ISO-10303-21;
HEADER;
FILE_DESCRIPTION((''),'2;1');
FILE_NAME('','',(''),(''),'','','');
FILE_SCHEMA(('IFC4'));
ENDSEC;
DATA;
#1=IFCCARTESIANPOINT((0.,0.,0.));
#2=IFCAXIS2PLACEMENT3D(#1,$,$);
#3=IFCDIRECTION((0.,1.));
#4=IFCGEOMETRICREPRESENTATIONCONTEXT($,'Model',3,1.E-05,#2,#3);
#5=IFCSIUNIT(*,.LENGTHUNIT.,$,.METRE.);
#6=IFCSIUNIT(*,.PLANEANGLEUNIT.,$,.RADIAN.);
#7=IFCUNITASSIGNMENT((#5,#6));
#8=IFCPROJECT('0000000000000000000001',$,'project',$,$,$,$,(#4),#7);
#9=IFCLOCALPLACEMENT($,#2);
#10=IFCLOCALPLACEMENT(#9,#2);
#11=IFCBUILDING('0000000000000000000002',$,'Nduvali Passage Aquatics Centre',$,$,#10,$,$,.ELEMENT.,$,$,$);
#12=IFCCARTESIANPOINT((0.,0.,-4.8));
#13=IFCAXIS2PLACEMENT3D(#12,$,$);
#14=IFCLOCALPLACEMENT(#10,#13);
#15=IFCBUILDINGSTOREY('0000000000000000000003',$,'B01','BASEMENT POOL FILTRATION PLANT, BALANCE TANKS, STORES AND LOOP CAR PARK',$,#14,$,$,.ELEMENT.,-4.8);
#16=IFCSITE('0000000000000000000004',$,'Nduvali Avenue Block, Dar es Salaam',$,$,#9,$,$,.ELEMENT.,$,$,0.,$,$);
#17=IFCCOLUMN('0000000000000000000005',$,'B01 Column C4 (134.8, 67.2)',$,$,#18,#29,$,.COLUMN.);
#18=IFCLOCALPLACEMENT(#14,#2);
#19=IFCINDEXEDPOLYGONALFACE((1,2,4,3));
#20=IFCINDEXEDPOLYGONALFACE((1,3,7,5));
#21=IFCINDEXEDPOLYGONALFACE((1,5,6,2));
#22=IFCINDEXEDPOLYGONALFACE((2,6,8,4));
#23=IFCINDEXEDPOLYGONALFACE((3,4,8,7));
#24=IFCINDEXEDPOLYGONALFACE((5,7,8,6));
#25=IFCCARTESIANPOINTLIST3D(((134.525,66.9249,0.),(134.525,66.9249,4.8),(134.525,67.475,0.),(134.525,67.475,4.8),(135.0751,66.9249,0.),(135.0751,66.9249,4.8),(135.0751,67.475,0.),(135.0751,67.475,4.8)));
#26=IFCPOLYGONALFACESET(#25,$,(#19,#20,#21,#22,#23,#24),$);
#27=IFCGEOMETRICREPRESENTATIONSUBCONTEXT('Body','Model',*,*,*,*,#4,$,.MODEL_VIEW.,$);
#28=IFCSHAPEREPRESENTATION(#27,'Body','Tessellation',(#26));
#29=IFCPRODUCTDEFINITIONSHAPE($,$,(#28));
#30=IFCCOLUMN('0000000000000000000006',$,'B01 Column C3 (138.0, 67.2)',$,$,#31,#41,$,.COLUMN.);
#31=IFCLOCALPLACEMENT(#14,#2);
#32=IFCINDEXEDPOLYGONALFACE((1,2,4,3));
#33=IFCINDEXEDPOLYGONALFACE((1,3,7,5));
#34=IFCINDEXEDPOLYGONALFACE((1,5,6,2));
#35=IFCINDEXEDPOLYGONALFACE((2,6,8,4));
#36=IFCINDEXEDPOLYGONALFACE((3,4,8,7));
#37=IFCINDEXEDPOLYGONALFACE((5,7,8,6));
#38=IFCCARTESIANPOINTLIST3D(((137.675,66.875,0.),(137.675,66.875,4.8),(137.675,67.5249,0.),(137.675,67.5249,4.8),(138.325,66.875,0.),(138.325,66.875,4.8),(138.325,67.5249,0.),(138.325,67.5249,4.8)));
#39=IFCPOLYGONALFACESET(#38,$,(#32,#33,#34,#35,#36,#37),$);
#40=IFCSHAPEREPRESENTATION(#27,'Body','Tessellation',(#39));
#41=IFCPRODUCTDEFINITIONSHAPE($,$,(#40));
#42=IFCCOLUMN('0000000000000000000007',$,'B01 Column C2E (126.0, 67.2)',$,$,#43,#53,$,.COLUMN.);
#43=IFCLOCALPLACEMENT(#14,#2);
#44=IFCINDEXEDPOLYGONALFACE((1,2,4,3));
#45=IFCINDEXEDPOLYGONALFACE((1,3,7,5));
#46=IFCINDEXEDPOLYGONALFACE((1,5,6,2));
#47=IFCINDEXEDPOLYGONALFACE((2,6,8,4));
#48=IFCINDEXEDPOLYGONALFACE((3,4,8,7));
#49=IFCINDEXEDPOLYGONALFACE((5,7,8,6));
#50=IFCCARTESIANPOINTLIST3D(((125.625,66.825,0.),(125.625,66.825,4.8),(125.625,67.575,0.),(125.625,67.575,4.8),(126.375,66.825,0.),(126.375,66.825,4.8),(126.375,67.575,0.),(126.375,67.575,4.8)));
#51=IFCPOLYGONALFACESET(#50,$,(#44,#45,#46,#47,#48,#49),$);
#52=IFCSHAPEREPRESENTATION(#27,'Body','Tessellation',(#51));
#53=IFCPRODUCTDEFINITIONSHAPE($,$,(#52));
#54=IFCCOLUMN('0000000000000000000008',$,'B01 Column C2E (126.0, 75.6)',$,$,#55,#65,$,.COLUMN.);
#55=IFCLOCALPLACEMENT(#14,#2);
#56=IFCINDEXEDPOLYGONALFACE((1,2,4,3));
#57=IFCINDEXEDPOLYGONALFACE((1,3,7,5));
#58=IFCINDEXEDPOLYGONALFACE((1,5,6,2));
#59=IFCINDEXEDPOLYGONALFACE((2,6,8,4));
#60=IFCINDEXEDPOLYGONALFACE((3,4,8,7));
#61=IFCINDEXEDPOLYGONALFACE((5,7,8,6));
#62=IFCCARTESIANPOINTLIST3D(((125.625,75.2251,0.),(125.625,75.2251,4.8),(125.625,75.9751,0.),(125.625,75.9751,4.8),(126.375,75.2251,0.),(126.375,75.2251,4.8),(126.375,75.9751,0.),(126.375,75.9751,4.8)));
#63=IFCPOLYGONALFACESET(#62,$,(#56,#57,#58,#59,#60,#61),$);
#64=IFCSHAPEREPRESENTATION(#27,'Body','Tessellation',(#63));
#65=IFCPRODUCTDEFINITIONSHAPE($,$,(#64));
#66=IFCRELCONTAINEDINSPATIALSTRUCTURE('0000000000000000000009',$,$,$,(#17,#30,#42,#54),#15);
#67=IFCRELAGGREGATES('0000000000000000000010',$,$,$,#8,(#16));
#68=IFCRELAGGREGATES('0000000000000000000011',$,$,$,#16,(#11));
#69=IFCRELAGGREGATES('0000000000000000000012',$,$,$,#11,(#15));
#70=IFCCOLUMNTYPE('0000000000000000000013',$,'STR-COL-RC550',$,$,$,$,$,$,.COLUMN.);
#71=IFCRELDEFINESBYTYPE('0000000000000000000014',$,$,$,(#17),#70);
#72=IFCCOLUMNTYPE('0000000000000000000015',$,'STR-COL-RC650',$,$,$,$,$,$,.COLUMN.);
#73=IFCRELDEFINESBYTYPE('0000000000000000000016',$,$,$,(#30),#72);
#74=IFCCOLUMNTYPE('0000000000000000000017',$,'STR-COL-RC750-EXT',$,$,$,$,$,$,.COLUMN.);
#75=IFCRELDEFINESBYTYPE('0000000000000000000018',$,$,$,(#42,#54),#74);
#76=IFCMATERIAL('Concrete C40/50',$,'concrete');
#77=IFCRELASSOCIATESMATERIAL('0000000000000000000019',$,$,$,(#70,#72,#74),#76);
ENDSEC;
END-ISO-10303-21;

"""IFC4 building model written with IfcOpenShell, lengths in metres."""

from ifc_helpers import new_model, si_unit, direction, frame, origin, origin_2d, place, context, subcontext, project, spatial, rectangle, extrude, material, material_profile, profile_set, type_object, element, save


model = new_model("IFC4")

# Units and contexts
model_context = context("Model", 3, precision=1e-05, world=origin(), true_north=direction((0.0, 1.0)))
body_context = subcontext(model_context, "Body", "Model", "MODEL_VIEW")
ifc_project = project(units=[si_unit("LENGTHUNIT", "METRE"), si_unit("PLANEANGLEUNIT", "RADIAN")], contexts=[model_context])

# Site, building, storey
site_placement = place(None, origin())
site = spatial("IfcSite", under=ifc_project, at=site_placement, Name="Nduvali Avenue Block, Dar es Salaam", CompositionType="ELEMENT", RefElevation=0.0)
building_placement = place(site_placement, origin())
building = spatial("IfcBuilding", under=site, at=building_placement, Name="Nduvali Passage Aquatics Centre", CompositionType="ELEMENT")
storey_placement = place(building_placement, frame((0.0, 0.0, -4.8)))
storey = spatial("IfcBuildingStorey", under=building, at=storey_placement, Name="B01", Description="BASEMENT POOL FILTRATION PLANT, BALANCE TANKS, STORES AND LOOP CAR PARK", CompositionType="ELEMENT", Elevation=-4.8)

# Shared definitions
ifc_material = material(Name="Concrete C40/50", Category="concrete")

# Columns
ifc_material_profile_1 = material_profile(ifc_material, rectangle(XDim=0.55, YDim=0.55, at=origin_2d()), Name="RC 550x550")
ifc_profile_set_1 = profile_set([ifc_material_profile_1], Name="Concrete C40/50")
column_type_1 = type_object("IfcColumnType", Name="STR-COL-RC550", PredefinedType="COLUMN", material=ifc_profile_set_1)
for number, where, z_axis, x_axis, name in (
    (1, (134.8, 67.2, 0.0), (0.0, 0.0, 1.0), (1.0, 0.0, 0.0), "B01 Column C4 (134.8, 67.2)"),
):
    element("IfcColumn", number, at=place(storey_placement, frame(where, z_axis=z_axis, x_axis=x_axis)), inside=storey, type_object=column_type_1, Name=name, PredefinedType="COLUMN", context=body_context, shape_type="SweptSolid", body=[
        extrude(rectangle(XDim=0.55, YDim=0.55, at=origin_2d()), origin(), (0.0, 0.0, 1.0), 4.8),
    ])
ifc_material_profile_2 = material_profile(ifc_material, rectangle(XDim=0.6499, YDim=0.6499, at=origin_2d()), Name="RC 650x650")
ifc_profile_set_2 = profile_set([ifc_material_profile_2], Name="Concrete C40/50")
column_type_2 = type_object("IfcColumnType", Name="STR-COL-RC650", PredefinedType="COLUMN", material=ifc_profile_set_2)
column_placement = place(storey_placement, frame((138.0, 67.2, 0.0), z_axis=(0.0, 0.0, 1.0), x_axis=(1.0, 0.0, 0.0)))
element("IfcColumn", 2, at=column_placement, inside=storey, type_object=column_type_2, Name="B01 Column C3 (138.0, 67.2)", PredefinedType="COLUMN", context=body_context, shape_type="SweptSolid", body=[
    extrude(rectangle(XDim=0.6499, YDim=0.6499, at=origin_2d()), origin(), (0.0, 0.0, 1.0), 4.8),
])
ifc_material_profile_3 = material_profile(ifc_material, rectangle(XDim=0.75, YDim=0.75, at=origin_2d()), Name="RC 750x750")
ifc_profile_set_3 = profile_set([ifc_material_profile_3], Name="Concrete C40/50")
column_type_3 = type_object("IfcColumnType", Name="STR-COL-RC750-EXT", PredefinedType="COLUMN", material=ifc_profile_set_3)
for number, where, z_axis, x_axis, name in (
    (3, (126.0, 67.2, 0.0), (0.0, 0.0, 1.0), (1.0, 0.0, 0.0), "B01 Column C2E (126.0, 67.2)"),
    (4, (126.0, 75.6001, 0.0), (0.0, 0.0, 1.0), (1.0, 0.0, 0.0), "B01 Column C2E (126.0, 75.6)"),
):
    element("IfcColumn", number, at=place(storey_placement, frame(where, z_axis=z_axis, x_axis=x_axis)), inside=storey, type_object=column_type_3, Name=name, PredefinedType="COLUMN", context=body_context, shape_type="SweptSolid", body=[
        extrude(rectangle(XDim=0.75, YDim=0.75, at=origin_2d()), origin(), (0.0, 0.0, 1.0), 4.8),
    ])

save(model, "model.ifc")
